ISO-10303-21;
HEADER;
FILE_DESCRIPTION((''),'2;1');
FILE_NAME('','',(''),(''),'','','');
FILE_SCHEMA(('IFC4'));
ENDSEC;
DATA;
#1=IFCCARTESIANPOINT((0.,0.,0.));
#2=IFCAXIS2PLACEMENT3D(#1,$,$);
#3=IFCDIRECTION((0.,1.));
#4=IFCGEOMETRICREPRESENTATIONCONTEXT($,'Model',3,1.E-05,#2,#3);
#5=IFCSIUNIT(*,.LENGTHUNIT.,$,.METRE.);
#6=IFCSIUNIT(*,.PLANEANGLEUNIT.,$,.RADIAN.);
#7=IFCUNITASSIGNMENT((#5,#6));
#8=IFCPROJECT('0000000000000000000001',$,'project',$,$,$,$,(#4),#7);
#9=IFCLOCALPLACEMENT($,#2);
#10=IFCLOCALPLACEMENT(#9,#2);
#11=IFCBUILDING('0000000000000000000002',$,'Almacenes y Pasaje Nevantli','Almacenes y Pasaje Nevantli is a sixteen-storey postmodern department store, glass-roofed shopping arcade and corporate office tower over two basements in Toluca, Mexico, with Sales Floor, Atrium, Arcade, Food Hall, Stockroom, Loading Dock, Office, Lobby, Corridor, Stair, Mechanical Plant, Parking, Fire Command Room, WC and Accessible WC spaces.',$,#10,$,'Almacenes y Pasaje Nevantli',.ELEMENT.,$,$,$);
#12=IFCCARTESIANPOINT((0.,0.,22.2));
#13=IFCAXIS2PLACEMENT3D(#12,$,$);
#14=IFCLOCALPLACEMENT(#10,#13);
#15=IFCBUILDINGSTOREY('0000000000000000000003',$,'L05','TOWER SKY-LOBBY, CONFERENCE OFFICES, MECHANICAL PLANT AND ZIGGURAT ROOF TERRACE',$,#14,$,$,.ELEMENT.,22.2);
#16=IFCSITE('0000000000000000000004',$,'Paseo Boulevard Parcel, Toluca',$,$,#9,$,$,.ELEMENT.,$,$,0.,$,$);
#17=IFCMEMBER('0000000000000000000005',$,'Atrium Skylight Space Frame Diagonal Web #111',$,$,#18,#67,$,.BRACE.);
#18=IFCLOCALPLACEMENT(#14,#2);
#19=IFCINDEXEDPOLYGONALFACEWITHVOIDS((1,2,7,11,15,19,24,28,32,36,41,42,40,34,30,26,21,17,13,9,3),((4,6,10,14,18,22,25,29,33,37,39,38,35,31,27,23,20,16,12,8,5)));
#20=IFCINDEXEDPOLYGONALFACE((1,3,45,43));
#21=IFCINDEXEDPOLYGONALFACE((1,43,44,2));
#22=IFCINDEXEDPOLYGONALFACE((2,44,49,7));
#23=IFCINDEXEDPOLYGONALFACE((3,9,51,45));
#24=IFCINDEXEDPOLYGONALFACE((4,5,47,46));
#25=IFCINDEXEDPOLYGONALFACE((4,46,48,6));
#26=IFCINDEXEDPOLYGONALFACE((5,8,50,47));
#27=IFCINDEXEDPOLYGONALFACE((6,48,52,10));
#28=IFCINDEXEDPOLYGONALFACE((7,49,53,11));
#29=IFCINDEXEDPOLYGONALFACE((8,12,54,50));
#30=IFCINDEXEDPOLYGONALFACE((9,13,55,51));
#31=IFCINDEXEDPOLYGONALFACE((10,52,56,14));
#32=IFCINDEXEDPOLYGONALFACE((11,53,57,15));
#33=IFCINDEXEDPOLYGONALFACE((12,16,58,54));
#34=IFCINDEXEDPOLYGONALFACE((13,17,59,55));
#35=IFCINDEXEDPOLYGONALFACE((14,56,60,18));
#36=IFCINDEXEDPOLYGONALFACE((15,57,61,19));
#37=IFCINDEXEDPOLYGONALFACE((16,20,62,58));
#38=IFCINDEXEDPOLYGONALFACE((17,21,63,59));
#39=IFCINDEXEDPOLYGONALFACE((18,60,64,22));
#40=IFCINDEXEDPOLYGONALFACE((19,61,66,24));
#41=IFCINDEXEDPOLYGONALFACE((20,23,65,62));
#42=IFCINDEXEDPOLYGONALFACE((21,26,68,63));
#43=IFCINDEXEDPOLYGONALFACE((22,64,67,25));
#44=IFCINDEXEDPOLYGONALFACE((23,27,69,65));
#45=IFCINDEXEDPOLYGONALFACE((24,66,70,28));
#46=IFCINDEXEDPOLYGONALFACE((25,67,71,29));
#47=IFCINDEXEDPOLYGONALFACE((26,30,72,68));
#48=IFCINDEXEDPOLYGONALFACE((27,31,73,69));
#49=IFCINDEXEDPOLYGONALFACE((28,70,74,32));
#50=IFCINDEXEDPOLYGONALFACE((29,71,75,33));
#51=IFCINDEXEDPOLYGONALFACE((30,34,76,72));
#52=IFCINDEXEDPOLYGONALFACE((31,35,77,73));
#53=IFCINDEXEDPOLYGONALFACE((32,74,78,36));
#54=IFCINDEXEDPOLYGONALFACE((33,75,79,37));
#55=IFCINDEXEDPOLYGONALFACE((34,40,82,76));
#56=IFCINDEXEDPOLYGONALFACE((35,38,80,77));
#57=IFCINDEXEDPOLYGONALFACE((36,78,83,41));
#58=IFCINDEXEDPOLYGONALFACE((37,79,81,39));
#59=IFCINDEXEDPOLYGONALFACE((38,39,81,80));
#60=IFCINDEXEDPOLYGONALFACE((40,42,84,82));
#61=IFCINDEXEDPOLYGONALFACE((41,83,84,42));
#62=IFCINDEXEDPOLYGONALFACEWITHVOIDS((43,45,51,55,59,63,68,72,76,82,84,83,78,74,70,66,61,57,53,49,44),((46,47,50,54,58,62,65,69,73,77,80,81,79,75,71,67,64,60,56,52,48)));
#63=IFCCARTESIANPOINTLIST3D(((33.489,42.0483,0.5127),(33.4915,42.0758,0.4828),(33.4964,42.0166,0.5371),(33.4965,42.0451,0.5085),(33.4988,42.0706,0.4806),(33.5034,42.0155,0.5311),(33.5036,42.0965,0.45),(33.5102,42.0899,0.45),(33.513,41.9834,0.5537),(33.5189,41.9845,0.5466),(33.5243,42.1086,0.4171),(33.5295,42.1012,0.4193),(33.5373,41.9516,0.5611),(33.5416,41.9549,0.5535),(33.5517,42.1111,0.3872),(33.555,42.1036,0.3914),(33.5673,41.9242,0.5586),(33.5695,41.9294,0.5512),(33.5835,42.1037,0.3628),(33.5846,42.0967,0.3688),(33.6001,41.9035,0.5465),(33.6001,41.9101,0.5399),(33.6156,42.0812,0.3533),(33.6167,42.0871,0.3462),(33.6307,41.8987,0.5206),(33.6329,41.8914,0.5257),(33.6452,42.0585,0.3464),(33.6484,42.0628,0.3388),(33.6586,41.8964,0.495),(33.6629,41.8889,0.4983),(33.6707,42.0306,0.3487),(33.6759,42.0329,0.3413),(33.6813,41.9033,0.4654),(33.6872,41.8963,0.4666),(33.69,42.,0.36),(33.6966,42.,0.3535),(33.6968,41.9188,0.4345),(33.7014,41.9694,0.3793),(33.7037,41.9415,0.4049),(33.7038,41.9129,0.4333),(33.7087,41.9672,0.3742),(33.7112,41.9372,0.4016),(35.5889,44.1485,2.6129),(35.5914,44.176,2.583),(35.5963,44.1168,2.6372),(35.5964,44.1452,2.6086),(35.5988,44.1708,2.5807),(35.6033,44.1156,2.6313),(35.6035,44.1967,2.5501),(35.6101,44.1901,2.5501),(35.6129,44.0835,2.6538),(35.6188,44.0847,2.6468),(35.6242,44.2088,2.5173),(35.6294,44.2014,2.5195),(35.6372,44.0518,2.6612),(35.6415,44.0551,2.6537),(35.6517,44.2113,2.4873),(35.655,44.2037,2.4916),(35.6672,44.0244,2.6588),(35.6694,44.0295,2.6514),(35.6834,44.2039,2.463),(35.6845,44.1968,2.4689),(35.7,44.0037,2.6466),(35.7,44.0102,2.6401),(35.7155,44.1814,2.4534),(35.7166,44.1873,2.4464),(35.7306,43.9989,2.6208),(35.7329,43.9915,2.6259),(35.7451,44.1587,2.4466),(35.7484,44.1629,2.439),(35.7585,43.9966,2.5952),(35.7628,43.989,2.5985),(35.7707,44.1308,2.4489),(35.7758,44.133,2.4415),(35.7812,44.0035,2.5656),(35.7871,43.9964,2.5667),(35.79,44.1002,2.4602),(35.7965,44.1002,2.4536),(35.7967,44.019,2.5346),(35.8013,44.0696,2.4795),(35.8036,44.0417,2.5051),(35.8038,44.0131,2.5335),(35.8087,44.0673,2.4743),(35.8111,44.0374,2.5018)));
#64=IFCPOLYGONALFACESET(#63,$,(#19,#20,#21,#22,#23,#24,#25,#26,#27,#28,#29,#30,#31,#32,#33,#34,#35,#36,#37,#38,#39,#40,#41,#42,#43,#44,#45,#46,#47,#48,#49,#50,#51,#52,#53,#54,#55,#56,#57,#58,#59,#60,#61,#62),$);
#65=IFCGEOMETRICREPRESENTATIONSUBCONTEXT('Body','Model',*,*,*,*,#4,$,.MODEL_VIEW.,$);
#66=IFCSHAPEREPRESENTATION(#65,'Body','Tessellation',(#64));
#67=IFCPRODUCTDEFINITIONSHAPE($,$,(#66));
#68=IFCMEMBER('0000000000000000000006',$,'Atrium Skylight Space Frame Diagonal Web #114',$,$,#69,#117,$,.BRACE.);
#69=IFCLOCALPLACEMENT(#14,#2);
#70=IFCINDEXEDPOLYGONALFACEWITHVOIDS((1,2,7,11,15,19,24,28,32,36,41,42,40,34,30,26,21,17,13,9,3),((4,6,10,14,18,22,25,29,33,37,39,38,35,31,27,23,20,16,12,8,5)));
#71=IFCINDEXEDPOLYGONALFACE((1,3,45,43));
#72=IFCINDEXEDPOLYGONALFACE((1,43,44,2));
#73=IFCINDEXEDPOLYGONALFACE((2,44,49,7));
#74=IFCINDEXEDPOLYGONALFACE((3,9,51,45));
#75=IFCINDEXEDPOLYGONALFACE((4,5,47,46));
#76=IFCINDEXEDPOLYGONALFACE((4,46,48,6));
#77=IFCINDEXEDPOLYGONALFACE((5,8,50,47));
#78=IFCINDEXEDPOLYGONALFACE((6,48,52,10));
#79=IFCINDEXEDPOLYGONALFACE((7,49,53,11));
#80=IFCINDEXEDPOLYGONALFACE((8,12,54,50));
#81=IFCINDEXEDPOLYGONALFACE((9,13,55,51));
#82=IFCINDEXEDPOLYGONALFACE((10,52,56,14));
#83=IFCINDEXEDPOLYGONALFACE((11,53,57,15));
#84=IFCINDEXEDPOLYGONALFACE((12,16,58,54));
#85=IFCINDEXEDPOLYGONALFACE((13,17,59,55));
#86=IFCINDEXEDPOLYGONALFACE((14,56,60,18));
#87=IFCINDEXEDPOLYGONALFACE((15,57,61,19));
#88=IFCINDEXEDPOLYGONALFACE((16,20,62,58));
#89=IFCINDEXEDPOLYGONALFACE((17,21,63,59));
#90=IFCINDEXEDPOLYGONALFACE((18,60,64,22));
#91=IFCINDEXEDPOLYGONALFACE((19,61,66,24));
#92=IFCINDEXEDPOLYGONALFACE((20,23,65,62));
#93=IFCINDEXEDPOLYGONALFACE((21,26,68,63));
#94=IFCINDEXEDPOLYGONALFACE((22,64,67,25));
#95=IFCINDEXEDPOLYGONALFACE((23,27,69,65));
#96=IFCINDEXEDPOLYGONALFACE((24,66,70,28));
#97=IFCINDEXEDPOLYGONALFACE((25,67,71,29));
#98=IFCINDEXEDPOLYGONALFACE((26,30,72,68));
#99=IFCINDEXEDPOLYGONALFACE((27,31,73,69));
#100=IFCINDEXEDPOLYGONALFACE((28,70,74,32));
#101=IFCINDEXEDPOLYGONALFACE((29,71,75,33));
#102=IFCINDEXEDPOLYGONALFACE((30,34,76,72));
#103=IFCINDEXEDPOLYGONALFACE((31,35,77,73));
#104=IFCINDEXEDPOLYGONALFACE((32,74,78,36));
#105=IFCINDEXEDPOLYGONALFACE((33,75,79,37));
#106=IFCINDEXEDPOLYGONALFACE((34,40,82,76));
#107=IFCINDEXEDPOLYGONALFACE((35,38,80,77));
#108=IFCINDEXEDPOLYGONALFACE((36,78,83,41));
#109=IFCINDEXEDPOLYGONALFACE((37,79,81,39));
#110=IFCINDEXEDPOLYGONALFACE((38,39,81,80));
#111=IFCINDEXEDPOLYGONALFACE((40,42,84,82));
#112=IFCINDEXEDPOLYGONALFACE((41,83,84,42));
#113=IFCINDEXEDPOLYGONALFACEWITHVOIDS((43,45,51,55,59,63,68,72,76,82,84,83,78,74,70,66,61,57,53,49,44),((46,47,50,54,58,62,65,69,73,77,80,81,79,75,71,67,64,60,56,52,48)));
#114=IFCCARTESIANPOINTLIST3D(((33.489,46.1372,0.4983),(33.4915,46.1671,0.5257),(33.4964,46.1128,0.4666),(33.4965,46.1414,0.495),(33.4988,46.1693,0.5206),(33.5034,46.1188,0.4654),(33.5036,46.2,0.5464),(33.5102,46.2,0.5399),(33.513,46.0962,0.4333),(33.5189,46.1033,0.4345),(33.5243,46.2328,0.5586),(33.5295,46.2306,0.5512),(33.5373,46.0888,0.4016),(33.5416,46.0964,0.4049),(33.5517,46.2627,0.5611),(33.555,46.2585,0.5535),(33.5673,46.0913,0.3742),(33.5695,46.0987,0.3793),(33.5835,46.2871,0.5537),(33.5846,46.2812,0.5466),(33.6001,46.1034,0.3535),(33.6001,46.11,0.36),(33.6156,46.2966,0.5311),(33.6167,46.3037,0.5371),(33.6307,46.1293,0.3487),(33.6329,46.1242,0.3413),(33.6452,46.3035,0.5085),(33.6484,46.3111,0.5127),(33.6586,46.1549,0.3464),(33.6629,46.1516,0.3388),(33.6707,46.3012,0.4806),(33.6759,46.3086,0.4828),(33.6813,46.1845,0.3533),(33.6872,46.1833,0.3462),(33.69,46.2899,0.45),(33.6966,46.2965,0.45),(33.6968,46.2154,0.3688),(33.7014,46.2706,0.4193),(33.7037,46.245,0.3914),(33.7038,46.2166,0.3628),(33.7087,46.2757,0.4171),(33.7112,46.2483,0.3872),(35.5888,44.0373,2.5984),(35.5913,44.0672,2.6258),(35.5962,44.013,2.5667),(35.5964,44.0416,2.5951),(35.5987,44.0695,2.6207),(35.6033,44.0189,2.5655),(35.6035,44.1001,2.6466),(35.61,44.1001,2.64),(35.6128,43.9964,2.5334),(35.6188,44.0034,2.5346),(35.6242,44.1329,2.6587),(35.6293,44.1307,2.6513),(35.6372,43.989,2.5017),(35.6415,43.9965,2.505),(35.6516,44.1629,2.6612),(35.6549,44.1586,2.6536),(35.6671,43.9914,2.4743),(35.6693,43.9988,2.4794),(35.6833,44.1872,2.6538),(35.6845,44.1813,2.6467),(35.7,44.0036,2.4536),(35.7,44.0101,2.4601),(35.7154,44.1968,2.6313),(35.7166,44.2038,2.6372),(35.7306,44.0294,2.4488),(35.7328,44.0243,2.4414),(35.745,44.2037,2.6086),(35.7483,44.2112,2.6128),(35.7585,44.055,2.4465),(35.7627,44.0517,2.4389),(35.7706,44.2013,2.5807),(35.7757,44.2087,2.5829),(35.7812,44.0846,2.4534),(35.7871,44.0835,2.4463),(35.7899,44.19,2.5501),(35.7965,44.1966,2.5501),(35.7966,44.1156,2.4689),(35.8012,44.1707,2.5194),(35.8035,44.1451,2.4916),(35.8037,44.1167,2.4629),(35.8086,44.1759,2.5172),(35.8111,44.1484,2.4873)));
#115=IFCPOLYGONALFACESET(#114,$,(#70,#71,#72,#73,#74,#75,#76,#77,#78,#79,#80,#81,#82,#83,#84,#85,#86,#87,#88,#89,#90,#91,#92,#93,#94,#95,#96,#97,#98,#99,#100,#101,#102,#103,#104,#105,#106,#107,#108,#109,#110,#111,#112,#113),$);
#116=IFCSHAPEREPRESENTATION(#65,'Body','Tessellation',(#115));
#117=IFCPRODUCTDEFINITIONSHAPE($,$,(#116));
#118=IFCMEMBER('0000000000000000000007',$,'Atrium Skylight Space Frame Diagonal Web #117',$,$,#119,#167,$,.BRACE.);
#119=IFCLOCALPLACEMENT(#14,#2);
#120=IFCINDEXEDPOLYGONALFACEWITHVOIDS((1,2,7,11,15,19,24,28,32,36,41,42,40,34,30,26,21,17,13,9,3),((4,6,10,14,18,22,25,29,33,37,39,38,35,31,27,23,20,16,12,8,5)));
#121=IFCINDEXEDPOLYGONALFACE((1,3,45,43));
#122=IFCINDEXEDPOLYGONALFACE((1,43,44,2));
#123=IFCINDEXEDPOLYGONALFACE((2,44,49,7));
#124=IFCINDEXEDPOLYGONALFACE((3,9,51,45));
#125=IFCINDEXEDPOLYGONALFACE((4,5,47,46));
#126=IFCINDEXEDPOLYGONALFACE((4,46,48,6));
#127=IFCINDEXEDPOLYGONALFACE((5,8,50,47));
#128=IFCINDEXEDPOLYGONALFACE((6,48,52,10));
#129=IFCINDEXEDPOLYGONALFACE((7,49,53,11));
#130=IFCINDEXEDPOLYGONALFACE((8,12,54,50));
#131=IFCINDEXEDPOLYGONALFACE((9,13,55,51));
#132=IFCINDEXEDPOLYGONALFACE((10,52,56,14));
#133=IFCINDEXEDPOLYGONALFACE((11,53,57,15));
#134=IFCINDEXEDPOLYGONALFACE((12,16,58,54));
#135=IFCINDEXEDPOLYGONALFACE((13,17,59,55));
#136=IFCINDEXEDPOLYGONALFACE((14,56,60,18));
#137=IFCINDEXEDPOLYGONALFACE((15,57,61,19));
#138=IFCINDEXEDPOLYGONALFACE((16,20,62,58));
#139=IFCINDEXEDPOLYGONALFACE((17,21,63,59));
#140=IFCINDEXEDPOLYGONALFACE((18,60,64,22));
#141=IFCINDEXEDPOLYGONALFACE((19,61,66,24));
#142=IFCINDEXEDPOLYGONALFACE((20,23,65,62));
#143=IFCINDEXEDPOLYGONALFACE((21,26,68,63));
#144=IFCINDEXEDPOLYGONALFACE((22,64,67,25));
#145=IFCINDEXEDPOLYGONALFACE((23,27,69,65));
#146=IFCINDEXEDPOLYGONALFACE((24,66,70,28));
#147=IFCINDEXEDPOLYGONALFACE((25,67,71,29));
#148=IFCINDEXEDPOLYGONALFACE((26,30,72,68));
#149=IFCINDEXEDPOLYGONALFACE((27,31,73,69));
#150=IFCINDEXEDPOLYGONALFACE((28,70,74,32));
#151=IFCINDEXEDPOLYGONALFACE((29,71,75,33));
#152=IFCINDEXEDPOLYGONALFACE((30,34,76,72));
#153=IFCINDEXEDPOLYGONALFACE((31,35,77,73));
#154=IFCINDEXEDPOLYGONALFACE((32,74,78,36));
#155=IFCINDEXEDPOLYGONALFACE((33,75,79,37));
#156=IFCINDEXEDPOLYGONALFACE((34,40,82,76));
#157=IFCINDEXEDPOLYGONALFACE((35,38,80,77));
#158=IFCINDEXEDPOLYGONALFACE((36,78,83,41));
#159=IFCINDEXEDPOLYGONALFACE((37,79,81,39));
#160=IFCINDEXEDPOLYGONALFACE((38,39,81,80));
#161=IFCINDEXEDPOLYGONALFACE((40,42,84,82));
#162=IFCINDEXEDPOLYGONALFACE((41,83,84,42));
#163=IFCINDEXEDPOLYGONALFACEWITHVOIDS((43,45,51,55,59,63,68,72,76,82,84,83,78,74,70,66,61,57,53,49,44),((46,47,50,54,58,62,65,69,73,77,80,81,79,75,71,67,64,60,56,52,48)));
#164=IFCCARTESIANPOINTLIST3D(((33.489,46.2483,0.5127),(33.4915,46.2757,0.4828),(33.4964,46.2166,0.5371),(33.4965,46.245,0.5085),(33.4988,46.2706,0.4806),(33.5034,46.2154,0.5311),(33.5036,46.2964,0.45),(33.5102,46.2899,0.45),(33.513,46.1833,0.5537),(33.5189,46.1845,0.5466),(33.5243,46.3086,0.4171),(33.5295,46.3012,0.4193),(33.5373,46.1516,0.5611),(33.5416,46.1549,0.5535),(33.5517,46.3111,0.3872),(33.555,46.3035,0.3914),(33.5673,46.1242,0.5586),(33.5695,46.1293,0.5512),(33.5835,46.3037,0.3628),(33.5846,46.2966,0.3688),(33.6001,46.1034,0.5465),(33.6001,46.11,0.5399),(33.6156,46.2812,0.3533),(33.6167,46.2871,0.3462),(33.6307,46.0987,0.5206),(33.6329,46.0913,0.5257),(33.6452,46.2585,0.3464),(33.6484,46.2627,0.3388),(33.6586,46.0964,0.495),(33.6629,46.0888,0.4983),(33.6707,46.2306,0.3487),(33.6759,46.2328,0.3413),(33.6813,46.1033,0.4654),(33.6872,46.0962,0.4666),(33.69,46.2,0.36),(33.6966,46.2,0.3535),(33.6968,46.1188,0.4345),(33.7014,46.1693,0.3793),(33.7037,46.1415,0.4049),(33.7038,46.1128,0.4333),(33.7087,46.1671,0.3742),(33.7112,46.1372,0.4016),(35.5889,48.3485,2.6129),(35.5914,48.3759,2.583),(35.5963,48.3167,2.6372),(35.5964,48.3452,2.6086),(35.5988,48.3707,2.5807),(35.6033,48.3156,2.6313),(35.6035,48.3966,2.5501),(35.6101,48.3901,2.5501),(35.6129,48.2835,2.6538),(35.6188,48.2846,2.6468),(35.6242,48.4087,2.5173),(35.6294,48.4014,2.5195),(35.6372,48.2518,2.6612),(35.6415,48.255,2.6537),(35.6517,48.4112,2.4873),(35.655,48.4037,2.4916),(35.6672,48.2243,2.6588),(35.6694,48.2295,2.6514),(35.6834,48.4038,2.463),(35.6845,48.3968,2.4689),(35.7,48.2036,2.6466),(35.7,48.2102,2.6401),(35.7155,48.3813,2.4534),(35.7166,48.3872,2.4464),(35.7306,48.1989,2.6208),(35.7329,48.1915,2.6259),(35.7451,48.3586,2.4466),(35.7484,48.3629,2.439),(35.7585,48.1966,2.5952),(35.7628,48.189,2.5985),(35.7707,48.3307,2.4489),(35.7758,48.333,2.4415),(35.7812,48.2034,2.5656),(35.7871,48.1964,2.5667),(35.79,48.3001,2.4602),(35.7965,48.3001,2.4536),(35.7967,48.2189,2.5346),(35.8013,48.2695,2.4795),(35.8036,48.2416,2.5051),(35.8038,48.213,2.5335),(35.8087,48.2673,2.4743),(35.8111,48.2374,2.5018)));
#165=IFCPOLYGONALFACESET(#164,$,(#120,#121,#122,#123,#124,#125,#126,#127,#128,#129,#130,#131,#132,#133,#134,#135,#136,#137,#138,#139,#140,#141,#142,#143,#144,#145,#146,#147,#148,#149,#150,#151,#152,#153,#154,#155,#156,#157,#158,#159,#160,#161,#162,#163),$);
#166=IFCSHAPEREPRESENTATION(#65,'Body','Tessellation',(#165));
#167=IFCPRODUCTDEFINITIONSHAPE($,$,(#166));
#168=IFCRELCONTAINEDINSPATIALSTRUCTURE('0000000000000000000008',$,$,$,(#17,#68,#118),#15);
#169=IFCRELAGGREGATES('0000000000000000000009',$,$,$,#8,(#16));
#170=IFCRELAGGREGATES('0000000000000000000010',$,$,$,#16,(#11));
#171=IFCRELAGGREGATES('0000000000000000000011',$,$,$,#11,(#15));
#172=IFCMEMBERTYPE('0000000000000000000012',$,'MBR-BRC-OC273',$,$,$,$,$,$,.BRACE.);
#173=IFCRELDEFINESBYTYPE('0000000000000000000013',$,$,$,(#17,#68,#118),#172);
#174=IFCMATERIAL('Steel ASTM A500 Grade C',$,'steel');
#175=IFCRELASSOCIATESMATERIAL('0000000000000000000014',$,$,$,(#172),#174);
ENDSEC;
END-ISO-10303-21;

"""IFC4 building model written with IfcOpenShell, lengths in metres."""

from ifc_helpers import new_model, si_unit, direction, frame, origin, origin_2d, place, context, subcontext, project, spatial, hollow_circle, extrude, material, material_profile, profile_set, type_object, element, save


model = new_model("IFC4")

# Units and contexts
model_context = context("Model", 3, precision=1e-05, world=origin(), true_north=direction((0.0, 1.0)))
body_context = subcontext(model_context, "Body", "Model", "MODEL_VIEW")
ifc_project = project(units=[si_unit("LENGTHUNIT", "METRE"), si_unit("PLANEANGLEUNIT", "RADIAN")], contexts=[model_context])

# Site, building, storey
site_placement = place(None, origin())
site = spatial("IfcSite", under=ifc_project, at=site_placement, Name="Paseo Boulevard Parcel, Toluca", CompositionType="ELEMENT", RefElevation=0.0)
building_placement = place(site_placement, origin())
building = spatial("IfcBuilding", under=site, at=building_placement, Name="Almacenes y Pasaje Nevantli", Description="Almacenes y Pasaje Nevantli is a sixteen-storey postmodern department store, glass-roofed shopping arcade and corporate office tower over two basements in Toluca, Mexico, with Sales Floor, Atrium, Arcade, Food Hall, Stockroom, Loading Dock, Office, Lobby, Corridor, Stair, Mechanical Plant, Parking, Fire Command Room, WC and Accessible WC spaces.", LongName="Almacenes y Pasaje Nevantli", CompositionType="ELEMENT")
storey_placement = place(building_placement, frame((0.0, 0.0, 22.2)))
storey = spatial("IfcBuildingStorey", under=building, at=storey_placement, Name="L05", Description="TOWER SKY-LOBBY, CONFERENCE OFFICES, MECHANICAL PLANT AND ZIGGURAT ROOF TERRACE", CompositionType="ELEMENT", Elevation=22.2)

# Members
ifc_material_1 = material(Name="Steel ASTM A500 Grade C", Category="steel")
ifc_material_profile_1 = material_profile(ifc_material_1, hollow_circle(Radius=0.1365, WallThickness=0.0093, at=origin_2d()), Name="OC 273x9.3")
ifc_profile_set_1 = profile_set([ifc_material_profile_1], Name="Steel ASTM A500 Grade C")
member_type_1 = type_object("IfcMemberType", Name="MBR-BRC-OC273", PredefinedType="BRACE", material=ifc_profile_set_1)
member_1_placement = place(storey_placement, frame((33.6001, 42.0, 0.45), z_axis=(0.577306, 0.577373, 0.577373), x_axis=(-0.707148, 0.707066, 0.0)))
element("IfcMember", 1, at=member_1_placement, inside=storey, type_object=member_type_1, Name="Atrium Skylight Space Frame Diagonal Web #111", PredefinedType="BRACE", context=body_context, shape_type="SweptSolid", body=[
    extrude(hollow_circle(Radius=0.1365, WallThickness=0.0093, at=origin_2d()), origin(), (0.0, 0.0, 1.0), 3.6375),
])
member_2_placement = place(storey_placement, frame((33.6001, 46.2, 0.45), z_axis=(0.577328, -0.577328, 0.577395), x_axis=(0.707107, 0.707107, 0.0)))
element("IfcMember", 2, at=member_2_placement, inside=storey, type_object=member_type_1, Name="Atrium Skylight Space Frame Diagonal Web #114", PredefinedType="BRACE", context=body_context, shape_type="SweptSolid", body=[
    extrude(hollow_circle(Radius=0.1365, WallThickness=0.0093, at=origin_2d()), origin(), (0.0, 0.0, 1.0), 3.6372),
])
member_3_placement = place(storey_placement, frame((33.6001, 46.2, 0.45), z_axis=(0.577306, 0.577373, 0.577373), x_axis=(-0.707148, 0.707066, 0.0)))
element("IfcMember", 3, at=member_3_placement, inside=storey, type_object=member_type_1, Name="Atrium Skylight Space Frame Diagonal Web #117", PredefinedType="BRACE", context=body_context, shape_type="SweptSolid", body=[
    extrude(hollow_circle(Radius=0.1365, WallThickness=0.0093, at=origin_2d()), origin(), (0.0, 0.0, 1.0), 3.6375),
])

save(model, "model.ifc")
